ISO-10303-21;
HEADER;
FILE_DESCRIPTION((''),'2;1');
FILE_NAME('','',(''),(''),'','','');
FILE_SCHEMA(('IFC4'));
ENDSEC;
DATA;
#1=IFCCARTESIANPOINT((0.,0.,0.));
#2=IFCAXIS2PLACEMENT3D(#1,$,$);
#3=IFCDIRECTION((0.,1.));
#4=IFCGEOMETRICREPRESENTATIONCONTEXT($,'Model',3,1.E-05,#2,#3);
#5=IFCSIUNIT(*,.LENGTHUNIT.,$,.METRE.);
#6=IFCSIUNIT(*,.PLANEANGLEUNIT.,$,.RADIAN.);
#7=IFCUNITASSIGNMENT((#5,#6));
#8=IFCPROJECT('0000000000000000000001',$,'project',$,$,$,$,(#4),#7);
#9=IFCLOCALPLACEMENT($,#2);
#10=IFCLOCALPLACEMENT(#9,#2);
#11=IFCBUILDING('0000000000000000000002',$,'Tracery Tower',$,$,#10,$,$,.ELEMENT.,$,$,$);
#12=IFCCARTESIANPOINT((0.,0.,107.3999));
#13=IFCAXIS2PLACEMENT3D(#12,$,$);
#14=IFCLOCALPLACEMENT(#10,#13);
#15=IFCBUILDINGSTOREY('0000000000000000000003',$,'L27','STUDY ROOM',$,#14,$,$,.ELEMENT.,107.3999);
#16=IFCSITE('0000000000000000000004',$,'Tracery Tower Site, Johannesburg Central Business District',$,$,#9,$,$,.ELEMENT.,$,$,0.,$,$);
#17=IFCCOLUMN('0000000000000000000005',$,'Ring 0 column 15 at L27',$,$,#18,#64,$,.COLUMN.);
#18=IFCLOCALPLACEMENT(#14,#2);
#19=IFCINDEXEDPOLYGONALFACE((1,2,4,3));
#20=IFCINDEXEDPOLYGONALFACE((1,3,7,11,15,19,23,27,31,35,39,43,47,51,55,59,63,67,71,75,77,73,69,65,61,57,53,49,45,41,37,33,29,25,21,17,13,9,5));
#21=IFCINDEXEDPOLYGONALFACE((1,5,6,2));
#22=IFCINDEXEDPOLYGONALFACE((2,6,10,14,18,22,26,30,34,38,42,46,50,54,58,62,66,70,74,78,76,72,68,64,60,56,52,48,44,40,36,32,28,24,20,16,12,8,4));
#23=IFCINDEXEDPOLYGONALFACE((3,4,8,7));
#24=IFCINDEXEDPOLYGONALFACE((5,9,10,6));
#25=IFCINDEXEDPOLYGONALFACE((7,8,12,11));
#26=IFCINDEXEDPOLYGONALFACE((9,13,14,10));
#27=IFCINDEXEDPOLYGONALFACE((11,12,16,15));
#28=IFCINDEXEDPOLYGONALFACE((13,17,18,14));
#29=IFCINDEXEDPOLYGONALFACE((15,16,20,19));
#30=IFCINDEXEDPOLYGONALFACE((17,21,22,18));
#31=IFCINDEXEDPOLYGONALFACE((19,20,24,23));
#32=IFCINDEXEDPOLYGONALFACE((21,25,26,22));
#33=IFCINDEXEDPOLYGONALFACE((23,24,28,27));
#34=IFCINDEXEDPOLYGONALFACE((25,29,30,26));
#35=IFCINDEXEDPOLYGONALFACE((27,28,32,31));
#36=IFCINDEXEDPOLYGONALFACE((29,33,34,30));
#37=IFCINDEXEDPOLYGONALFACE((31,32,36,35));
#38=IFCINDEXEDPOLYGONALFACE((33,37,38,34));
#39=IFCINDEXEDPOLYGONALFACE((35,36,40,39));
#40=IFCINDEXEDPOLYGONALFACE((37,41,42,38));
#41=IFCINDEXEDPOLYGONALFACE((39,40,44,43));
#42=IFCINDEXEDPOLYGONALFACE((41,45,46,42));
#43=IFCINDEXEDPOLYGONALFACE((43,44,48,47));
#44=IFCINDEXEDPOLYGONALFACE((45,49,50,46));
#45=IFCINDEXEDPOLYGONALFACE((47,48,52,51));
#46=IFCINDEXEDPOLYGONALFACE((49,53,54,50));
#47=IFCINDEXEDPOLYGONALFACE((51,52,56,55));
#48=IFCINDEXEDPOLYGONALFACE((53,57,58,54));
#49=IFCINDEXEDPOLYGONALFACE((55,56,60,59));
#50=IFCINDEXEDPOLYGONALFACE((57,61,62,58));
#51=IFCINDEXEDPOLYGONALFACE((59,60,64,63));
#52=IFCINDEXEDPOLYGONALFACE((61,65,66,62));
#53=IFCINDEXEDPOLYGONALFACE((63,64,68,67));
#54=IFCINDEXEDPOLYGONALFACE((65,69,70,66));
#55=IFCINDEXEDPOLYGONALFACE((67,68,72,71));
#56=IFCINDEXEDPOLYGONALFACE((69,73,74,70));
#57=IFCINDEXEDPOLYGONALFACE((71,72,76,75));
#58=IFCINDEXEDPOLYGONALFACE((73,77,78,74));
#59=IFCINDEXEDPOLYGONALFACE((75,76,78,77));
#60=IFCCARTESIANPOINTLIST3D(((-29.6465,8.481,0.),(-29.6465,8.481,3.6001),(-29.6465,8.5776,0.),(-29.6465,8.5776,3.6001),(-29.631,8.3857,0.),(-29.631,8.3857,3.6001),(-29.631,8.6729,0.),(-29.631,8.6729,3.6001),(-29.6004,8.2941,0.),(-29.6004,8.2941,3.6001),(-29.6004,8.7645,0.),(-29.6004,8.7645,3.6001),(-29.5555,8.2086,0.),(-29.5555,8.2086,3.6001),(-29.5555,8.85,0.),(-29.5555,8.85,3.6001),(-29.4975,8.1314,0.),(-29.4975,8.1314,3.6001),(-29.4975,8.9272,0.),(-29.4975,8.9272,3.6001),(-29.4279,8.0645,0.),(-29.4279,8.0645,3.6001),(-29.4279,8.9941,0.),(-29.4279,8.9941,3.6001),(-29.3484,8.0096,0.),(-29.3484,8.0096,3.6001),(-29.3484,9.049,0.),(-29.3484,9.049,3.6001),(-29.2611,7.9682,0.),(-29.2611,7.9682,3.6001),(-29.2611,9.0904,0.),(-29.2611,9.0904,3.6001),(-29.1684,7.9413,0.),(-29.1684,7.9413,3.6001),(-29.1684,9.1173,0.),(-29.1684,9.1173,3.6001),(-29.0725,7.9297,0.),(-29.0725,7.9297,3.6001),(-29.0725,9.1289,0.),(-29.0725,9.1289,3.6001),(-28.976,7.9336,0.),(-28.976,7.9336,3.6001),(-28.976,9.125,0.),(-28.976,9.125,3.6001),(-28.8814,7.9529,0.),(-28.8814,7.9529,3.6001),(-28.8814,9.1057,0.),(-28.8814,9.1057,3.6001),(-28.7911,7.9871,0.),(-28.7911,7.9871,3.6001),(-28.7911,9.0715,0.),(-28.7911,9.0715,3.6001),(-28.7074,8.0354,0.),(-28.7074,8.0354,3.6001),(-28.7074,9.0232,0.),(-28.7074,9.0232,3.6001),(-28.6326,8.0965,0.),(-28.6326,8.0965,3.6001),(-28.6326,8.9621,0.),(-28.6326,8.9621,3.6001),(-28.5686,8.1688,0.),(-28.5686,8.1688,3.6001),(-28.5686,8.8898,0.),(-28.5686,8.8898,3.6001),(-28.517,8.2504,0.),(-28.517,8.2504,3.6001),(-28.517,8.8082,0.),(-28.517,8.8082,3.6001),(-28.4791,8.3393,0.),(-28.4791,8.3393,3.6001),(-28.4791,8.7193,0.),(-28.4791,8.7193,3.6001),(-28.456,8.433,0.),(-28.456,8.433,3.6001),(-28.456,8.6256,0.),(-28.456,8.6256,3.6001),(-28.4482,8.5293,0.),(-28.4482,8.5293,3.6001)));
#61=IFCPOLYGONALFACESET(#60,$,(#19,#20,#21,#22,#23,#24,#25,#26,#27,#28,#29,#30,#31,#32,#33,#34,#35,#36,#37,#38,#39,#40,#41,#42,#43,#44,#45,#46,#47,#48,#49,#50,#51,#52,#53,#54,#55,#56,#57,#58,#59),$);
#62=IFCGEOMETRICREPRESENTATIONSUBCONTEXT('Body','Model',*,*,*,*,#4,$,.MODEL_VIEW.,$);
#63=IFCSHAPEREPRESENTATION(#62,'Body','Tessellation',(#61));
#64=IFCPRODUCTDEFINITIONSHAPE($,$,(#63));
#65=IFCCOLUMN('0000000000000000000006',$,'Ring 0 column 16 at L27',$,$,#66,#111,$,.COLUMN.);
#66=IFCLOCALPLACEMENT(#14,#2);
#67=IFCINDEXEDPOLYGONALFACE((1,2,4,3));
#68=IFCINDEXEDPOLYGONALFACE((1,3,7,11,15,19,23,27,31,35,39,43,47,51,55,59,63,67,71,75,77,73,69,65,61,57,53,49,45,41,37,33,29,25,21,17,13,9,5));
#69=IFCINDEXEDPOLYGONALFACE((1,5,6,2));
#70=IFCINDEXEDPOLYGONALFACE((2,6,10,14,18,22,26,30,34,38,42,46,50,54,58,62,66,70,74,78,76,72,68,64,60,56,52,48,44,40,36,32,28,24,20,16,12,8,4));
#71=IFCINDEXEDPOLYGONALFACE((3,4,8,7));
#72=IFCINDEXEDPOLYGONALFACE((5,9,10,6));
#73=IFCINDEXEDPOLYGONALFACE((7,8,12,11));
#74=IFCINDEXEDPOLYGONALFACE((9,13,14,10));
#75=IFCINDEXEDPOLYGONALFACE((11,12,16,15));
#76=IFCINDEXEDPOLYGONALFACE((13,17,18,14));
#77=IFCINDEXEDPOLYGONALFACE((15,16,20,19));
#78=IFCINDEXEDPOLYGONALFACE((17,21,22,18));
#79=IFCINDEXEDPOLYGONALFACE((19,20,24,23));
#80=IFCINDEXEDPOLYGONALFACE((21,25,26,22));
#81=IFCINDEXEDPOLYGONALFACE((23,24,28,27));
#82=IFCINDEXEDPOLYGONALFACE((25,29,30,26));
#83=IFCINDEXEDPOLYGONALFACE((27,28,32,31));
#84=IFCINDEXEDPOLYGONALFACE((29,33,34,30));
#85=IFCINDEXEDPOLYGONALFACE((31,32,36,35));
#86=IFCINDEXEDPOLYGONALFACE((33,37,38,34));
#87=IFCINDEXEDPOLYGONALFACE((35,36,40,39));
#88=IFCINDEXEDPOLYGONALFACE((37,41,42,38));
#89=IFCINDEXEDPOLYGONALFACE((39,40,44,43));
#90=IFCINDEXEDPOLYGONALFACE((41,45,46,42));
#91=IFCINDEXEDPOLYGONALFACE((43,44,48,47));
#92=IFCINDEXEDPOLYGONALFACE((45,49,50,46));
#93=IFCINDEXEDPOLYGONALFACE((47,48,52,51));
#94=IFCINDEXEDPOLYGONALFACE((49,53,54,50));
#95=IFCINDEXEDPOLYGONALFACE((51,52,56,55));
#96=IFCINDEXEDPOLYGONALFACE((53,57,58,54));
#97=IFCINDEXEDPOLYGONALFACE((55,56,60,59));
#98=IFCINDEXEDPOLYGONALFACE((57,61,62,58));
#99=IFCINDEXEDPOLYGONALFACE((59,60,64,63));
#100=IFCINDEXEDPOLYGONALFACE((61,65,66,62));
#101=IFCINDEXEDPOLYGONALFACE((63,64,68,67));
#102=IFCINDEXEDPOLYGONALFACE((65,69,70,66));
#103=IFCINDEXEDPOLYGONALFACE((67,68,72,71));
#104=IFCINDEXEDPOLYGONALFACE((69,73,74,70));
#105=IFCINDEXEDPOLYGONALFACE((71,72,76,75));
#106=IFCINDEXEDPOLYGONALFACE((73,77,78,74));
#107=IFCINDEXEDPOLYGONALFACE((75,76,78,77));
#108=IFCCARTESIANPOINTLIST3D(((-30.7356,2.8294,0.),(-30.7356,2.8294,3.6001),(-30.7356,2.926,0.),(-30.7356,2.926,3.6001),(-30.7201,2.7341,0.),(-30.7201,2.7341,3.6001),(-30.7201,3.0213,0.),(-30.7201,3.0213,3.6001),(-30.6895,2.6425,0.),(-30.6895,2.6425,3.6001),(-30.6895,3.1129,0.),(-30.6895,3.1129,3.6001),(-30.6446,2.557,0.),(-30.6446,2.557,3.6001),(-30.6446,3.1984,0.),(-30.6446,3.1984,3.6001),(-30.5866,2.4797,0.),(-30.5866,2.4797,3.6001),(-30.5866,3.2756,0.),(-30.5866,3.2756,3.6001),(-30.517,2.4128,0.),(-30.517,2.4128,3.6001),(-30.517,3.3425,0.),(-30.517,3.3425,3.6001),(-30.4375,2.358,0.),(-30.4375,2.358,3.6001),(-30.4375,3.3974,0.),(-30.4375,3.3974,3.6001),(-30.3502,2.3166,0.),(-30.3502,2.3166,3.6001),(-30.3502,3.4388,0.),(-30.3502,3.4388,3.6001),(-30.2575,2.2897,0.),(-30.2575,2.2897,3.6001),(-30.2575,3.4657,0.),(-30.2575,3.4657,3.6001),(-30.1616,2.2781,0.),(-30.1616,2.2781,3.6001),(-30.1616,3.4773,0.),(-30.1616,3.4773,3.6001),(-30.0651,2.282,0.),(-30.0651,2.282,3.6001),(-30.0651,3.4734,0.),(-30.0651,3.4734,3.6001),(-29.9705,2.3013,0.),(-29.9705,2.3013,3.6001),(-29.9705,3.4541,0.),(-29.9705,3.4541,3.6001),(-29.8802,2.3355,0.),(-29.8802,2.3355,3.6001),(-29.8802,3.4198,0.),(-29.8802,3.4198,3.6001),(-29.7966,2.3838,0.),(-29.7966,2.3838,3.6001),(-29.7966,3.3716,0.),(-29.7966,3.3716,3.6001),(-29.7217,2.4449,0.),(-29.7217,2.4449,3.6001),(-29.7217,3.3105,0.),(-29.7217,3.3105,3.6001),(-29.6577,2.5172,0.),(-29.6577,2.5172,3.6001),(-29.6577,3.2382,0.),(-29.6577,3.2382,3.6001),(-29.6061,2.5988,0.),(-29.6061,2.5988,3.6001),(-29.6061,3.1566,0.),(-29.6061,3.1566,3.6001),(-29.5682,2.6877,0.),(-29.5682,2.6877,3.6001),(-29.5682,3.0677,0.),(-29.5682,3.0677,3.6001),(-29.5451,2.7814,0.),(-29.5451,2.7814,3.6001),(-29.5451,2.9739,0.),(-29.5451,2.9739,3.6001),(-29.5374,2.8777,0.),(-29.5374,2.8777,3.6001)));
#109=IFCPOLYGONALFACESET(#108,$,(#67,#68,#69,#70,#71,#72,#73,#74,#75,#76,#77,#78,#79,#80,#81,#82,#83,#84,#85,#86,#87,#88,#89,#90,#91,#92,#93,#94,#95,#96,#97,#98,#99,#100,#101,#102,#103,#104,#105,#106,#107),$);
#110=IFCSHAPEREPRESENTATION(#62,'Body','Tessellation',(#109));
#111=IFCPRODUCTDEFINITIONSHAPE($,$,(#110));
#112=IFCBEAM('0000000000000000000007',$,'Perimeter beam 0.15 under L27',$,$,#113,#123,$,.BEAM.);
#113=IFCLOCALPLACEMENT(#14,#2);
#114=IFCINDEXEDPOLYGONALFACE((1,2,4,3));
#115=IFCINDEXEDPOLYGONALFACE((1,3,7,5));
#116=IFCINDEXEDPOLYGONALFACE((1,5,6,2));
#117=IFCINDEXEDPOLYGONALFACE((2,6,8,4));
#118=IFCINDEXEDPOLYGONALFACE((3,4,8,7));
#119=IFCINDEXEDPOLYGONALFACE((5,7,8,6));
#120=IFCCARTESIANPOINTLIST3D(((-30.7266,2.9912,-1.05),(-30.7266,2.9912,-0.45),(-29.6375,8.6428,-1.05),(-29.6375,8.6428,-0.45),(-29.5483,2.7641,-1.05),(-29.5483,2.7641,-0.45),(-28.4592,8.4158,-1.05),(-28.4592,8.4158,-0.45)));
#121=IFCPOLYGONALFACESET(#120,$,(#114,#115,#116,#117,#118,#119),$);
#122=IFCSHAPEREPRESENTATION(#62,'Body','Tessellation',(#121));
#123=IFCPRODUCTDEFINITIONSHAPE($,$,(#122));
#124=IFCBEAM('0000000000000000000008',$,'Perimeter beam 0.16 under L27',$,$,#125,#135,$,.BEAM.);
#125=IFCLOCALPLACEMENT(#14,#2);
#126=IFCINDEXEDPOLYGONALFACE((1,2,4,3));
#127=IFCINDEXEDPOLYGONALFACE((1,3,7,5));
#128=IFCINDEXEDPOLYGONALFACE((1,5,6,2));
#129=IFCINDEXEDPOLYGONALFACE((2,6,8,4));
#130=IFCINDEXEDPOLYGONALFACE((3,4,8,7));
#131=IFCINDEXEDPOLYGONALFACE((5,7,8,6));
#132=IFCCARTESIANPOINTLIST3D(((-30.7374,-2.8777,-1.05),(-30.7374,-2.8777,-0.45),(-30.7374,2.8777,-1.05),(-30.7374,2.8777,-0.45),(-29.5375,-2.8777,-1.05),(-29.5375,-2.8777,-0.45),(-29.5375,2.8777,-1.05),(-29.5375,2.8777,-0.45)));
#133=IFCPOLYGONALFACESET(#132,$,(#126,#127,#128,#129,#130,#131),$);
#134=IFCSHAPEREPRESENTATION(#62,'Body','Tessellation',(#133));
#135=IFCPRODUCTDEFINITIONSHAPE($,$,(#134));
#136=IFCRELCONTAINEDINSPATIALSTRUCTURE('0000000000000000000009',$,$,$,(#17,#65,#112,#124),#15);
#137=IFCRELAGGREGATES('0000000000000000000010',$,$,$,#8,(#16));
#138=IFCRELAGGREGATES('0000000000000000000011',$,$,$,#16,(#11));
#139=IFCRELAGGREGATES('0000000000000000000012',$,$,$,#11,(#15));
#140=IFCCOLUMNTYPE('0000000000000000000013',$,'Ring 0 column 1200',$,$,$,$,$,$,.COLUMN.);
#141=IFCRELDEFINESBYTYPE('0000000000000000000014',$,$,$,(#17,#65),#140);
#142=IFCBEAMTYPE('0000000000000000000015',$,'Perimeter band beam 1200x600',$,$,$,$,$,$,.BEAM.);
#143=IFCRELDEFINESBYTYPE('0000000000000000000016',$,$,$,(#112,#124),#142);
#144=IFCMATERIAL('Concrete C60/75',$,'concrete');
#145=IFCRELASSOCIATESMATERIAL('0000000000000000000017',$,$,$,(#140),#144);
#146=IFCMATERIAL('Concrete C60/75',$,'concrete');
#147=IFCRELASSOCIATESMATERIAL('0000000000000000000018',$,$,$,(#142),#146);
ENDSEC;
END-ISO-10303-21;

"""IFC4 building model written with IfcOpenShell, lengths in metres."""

from ifc_helpers import new_model, si_unit, direction, frame, origin, origin_2d, place, context, subcontext, project, spatial, rectangle, circle, extrude, material, material_profile, profile_set, type_object, element, save


model = new_model("IFC4")

# Units and contexts
model_context = context("Model", 3, precision=1e-05, world=origin(), true_north=direction((0.0, 1.0)))
body_context = subcontext(model_context, "Body", "Model", "MODEL_VIEW")
ifc_project = project(units=[si_unit("LENGTHUNIT", "METRE"), si_unit("PLANEANGLEUNIT", "RADIAN")], contexts=[model_context])

# Site, building, storey
site_placement = place(None, origin())
site = spatial("IfcSite", under=ifc_project, at=site_placement, Name="Tracery Tower Site, Johannesburg Central Business District", CompositionType="ELEMENT", RefElevation=0.0)
building_placement = place(site_placement, origin())
building = spatial("IfcBuilding", under=site, at=building_placement, Name="Tracery Tower", CompositionType="ELEMENT")
storey_placement = place(building_placement, frame((0.0, 0.0, 107.3999)))
storey = spatial("IfcBuildingStorey", under=building, at=storey_placement, Name="L27", Description="STUDY ROOM", CompositionType="ELEMENT", Elevation=107.3999)

# Columns
ifc_material_1 = material(Name="Concrete C60/75", Category="concrete")
ifc_material_profile_1 = material_profile(ifc_material_1, circle(Radius=0.6001, at=origin_2d()), Name="RC D1200")
ifc_profile_set_1 = profile_set([ifc_material_profile_1], Name="Concrete C60/75")
column_type = type_object("IfcColumnType", Name="Ring 0 column 1200", PredefinedType="COLUMN", material=ifc_profile_set_1)
for number, where, z_axis, x_axis, name in (
    (1, (-29.0483, 8.5293, 0.0), (0.0, 0.0, 1.0), (1.0, 0.0, 0.0), "Ring 0 column 15 at L27"),
    (2, (-30.1375, 2.8777, 0.0), (0.0, 0.0, 1.0), (1.0, 0.0, 0.0), "Ring 0 column 16 at L27"),
):
    element("IfcColumn", number, at=place(storey_placement, frame(where, z_axis=z_axis, x_axis=x_axis)), inside=storey, type_object=column_type, Name=name, PredefinedType="COLUMN", context=body_context, shape_type="SweptSolid", body=[
        extrude(circle(Radius=0.6001, at=origin_2d()), origin(), (0.0, 0.0, 1.0), 3.6001),
    ])

# Beams
ifc_material_2 = material(Name="Concrete C60/75", Category="concrete")
ifc_material_profile_2 = material_profile(ifc_material_2, rectangle(XDim=1.2, YDim=0.6001, at=origin_2d()), Name="RC 1200x600")
ifc_profile_set_2 = profile_set([ifc_material_profile_2], Name="Concrete C60/75")
beam_type = type_object("IfcBeamType", Name="Perimeter band beam 1200x600", PredefinedType="BEAM", material=ifc_profile_set_2)
beam_1_placement = place(storey_placement, frame((-29.0483, 8.5293, -0.75), z_axis=(-0.189227, -0.981933, 0.0), x_axis=(0.981933, -0.189227, 0.0)))
element("IfcBeam", 3, at=beam_1_placement, inside=storey, type_object=beam_type, Name="Perimeter beam 0.15 under L27", PredefinedType="BEAM", context=body_context, shape_type="SweptSolid", body=[
    extrude(rectangle(XDim=1.2, YDim=0.6001, at=origin_2d()), origin(), (0.0, 0.0, 1.0), 5.7556),
])
beam_2_placement = place(storey_placement, frame((-30.1375, 2.8777, -0.75), z_axis=(0.0, -1.0, 0.0), x_axis=(1.0, 0.0, 0.0)))
element("IfcBeam", 4, at=beam_2_placement, inside=storey, type_object=beam_type, Name="Perimeter beam 0.16 under L27", PredefinedType="BEAM", context=body_context, shape_type="SweptSolid", body=[
    extrude(rectangle(XDim=1.2, YDim=0.6001, at=origin_2d()), origin(), (0.0, 0.0, 1.0), 5.7554),
])

save(model, "model.ifc")
